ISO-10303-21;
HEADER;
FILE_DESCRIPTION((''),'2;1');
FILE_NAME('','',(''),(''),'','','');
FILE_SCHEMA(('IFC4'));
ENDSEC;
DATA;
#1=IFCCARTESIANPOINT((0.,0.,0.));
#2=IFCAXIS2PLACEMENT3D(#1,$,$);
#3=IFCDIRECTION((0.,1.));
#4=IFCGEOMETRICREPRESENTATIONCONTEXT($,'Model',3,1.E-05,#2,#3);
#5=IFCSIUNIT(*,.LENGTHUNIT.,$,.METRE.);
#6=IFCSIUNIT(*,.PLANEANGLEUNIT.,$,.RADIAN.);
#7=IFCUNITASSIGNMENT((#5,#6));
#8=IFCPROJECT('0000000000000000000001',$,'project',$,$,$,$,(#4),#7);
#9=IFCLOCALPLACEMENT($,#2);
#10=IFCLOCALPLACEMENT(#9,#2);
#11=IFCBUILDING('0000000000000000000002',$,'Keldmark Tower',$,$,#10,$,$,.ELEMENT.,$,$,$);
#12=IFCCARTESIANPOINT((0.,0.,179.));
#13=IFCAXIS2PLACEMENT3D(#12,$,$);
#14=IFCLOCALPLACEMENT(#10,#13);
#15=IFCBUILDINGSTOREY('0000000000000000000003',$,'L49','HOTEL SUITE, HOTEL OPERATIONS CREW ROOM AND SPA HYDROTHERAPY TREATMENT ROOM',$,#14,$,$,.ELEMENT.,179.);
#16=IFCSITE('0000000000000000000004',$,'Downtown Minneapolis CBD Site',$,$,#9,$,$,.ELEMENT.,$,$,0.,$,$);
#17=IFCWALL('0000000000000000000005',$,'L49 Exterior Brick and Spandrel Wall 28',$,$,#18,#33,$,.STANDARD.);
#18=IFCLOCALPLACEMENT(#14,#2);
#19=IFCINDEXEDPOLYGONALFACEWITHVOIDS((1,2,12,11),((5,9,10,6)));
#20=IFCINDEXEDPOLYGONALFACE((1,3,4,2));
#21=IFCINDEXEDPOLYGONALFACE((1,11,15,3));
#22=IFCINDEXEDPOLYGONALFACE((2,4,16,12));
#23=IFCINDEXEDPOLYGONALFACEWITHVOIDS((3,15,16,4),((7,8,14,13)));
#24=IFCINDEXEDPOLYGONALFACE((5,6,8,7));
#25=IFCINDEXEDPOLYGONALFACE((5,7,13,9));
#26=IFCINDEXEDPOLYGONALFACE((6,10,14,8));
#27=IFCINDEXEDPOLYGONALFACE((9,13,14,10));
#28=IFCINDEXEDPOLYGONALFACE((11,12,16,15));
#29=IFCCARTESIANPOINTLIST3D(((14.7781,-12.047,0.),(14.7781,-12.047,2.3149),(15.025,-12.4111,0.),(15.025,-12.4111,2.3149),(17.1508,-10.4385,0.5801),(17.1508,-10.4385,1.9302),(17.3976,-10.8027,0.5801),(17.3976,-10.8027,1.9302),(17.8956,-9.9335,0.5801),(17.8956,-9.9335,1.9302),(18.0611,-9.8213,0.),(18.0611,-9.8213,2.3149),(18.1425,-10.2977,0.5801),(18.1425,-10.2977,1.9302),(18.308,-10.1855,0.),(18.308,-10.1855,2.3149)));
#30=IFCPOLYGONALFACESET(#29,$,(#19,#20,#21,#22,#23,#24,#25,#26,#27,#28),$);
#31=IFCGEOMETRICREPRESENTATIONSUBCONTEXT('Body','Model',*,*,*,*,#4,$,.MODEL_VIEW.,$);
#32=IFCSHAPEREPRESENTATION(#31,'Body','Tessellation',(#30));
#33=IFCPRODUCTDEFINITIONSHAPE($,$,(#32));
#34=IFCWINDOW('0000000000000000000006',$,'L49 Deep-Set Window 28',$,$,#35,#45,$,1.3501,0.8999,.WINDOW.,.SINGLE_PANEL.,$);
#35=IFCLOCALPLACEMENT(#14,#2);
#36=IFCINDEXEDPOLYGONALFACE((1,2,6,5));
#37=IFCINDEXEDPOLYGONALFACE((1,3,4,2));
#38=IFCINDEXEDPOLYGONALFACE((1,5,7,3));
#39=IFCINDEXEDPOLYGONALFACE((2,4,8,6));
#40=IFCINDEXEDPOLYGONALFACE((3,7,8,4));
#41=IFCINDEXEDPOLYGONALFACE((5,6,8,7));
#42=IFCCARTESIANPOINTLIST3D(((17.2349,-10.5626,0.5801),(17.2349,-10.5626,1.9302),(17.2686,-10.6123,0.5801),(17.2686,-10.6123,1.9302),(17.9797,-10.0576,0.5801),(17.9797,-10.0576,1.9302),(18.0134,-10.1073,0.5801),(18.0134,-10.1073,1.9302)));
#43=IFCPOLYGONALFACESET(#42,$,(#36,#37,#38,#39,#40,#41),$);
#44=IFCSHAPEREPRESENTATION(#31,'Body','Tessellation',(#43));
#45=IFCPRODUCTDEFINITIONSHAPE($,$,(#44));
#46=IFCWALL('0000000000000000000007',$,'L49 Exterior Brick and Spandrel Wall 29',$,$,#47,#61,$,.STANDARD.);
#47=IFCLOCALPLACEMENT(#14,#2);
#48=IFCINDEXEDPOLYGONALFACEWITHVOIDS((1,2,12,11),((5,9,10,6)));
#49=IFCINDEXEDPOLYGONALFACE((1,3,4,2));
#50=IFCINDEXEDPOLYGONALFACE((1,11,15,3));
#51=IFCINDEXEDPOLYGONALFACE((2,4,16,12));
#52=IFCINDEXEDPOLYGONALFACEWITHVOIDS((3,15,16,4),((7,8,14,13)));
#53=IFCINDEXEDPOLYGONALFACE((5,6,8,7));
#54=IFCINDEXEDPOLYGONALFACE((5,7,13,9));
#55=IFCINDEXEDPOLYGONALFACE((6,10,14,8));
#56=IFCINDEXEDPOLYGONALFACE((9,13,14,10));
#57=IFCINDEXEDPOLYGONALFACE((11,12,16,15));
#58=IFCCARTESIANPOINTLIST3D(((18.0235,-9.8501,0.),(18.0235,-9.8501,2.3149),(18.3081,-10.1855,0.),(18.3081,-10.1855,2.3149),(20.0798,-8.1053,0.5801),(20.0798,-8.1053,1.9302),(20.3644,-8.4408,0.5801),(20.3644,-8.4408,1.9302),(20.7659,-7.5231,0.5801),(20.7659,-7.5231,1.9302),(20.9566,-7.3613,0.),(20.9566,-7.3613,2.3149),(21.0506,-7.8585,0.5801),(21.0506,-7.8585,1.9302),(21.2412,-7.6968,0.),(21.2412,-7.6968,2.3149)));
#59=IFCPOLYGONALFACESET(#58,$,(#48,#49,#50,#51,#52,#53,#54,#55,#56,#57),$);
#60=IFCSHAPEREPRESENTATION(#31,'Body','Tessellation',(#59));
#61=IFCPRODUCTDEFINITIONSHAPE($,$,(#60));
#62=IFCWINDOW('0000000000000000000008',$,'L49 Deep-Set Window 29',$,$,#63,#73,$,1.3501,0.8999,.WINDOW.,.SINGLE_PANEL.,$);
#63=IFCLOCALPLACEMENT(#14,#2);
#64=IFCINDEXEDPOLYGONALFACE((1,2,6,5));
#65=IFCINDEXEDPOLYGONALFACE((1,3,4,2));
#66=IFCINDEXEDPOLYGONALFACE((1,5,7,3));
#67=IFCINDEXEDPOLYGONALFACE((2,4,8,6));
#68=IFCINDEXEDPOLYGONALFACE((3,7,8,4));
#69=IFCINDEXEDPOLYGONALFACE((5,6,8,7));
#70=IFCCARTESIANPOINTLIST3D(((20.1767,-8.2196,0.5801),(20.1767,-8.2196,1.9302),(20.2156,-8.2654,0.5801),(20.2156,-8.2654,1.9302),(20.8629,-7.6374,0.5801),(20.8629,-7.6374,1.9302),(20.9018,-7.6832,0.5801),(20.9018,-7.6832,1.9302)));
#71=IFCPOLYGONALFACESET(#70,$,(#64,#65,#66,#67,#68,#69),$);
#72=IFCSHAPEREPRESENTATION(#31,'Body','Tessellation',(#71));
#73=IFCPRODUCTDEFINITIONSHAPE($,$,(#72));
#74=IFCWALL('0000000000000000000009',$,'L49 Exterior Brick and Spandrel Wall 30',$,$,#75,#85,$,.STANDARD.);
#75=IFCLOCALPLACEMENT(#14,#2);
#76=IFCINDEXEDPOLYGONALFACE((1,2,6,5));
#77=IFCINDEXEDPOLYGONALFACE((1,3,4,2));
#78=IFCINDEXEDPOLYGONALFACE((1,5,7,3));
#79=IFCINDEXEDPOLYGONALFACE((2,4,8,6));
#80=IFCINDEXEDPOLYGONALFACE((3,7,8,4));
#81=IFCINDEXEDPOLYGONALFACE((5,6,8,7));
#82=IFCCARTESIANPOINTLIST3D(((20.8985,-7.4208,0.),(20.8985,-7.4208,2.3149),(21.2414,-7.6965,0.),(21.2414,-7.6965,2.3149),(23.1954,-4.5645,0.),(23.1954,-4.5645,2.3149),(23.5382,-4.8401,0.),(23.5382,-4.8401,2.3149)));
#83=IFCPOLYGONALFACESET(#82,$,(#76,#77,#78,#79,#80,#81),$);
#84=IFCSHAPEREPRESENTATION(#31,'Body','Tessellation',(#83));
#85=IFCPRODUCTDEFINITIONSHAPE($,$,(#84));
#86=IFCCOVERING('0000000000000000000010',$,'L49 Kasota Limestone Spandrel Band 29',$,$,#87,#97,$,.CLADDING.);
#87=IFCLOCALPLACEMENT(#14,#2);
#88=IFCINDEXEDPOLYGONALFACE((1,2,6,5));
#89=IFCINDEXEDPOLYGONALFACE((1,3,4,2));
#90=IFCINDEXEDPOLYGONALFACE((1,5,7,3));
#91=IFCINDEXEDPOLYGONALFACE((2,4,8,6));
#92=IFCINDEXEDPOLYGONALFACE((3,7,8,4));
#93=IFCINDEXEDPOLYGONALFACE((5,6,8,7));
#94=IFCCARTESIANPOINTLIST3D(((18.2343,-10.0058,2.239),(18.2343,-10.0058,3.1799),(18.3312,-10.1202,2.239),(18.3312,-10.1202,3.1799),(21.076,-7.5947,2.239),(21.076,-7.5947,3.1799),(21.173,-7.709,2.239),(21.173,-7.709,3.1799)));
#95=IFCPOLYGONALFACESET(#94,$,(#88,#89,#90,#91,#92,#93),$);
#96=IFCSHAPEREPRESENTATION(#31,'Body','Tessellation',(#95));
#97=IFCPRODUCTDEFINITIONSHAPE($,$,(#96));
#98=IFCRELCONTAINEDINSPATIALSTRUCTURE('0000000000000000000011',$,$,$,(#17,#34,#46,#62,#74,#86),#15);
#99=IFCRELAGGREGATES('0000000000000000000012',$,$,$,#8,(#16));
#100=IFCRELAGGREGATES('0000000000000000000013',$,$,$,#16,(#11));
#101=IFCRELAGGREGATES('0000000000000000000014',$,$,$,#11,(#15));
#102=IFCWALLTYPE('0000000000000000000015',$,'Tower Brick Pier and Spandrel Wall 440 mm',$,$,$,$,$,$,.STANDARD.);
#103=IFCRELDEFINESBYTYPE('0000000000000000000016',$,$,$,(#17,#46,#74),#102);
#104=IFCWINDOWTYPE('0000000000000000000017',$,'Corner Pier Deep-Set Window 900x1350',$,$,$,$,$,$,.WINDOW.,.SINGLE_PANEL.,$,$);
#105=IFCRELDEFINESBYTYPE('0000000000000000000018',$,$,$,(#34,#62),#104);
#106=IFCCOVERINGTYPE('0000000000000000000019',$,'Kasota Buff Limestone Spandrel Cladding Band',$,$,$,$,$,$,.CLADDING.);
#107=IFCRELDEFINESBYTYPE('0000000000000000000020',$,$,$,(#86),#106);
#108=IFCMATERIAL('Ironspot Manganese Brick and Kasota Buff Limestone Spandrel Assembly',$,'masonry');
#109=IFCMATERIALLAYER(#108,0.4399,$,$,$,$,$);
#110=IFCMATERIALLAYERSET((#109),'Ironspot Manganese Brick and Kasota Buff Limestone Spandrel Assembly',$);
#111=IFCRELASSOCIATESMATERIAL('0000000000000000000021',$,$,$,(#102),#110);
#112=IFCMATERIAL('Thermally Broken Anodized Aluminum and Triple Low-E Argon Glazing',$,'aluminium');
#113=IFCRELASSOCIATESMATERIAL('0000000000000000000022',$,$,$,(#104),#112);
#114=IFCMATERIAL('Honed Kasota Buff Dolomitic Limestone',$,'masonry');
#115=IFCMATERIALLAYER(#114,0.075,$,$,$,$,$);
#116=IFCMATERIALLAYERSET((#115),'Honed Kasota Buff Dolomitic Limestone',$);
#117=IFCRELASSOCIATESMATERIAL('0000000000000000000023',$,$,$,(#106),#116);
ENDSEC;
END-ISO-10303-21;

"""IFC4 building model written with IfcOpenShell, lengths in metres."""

from ifc_helpers import new_model, si_unit, direction, frame, frame_2d, origin, origin_2d, place, context, subcontext, project, spatial, rectangle, extrude, material, layer, layer_set, type_object, element, fill, save


model = new_model("IFC4")

# Units and contexts
model_context = context("Model", 3, precision=1e-05, world=origin(), true_north=direction((0.0, 1.0)))
body_context = subcontext(model_context, "Body", "Model", "MODEL_VIEW")
ifc_project = project(units=[si_unit("LENGTHUNIT", "METRE"), si_unit("PLANEANGLEUNIT", "RADIAN")], contexts=[model_context])

# Site, building, storey
site_placement = place(None, origin())
site = spatial("IfcSite", under=ifc_project, at=site_placement, Name="Downtown Minneapolis CBD Site", CompositionType="ELEMENT", RefElevation=0.0)
building_placement = place(site_placement, origin())
building = spatial("IfcBuilding", under=site, at=building_placement, Name="Keldmark Tower", CompositionType="ELEMENT")
storey_placement = place(building_placement, frame((0.0, 0.0, 179.0)))
storey = spatial("IfcBuildingStorey", under=building, at=storey_placement, Name="L49", Description="HOTEL SUITE, HOTEL OPERATIONS CREW ROOM AND SPA HYDROTHERAPY TREATMENT ROOM", CompositionType="ELEMENT", Elevation=179.0)

# Walls, openings, windows
ifc_material_1 = material(Name="Ironspot Manganese Brick and Kasota Buff Limestone Spandrel Assembly", Category="masonry")
ifc_layer_1 = layer(ifc_material_1, 0.4399)
ifc_layer_set_1 = layer_set([ifc_layer_1], Name="Ironspot Manganese Brick and Kasota Buff Limestone Spandrel Assembly")
wall_type = type_object("IfcWallType", Name="Tower Brick Pier and Spandrel Wall 440 mm", PredefinedType="STANDARD", material=ifc_layer_set_1)
wall_1_placement = place(storey_placement, frame((18.1846, -10.0034, 0.0), z_axis=(0.0, 0.0, 1.0), x_axis=(-0.827726, -0.561133, 0.0)))
wall_1 = element("IfcWall", 1, at=wall_1_placement, inside=storey, type_object=wall_type, Name="L49 Exterior Brick and Spandrel Wall 28", PredefinedType="STANDARD", context=body_context, shape_type="SweptSolid", body=[
    extrude(rectangle(XDim=3.9663, YDim=0.4399, at=frame_2d((1.9832, 0.0))), origin(), (0.0, 0.0, 1.0), 2.3149),
])
opening_1_placement = place(wall_1_placement, frame((0.2, 0.0, 0.5801)))
opening_1 = element("IfcOpeningElement", 2, at=opening_1_placement, cuts=wall_1, PredefinedType="OPENING", context=body_context, shape_type="SweptSolid", body=[
    extrude(rectangle(XDim=0.8999, YDim=1.3501, at=frame_2d((0.45, 0.675))), frame((0.0, 0.23, 0.0), z_axis=(0.0, -1.0, 0.0), x_axis=(1.0, 0.0, 0.0)), (0.0, 0.0, 1.0), 0.46),
])
ifc_material_2 = material(Name="Thermally Broken Anodized Aluminum and Triple Low-E Argon Glazing", Category="aluminium")
window_type = type_object("IfcWindowType", Name="Corner Pier Deep-Set Window 900x1350", PartitioningType="SINGLE_PANEL", PredefinedType="WINDOW", material=ifc_material_2)
window_1_placement = place(opening_1_placement, origin())
window_1 = element("IfcWindow", 3, at=window_1_placement, inside=storey, type_object=window_type, Name="L49 Deep-Set Window 28", OverallHeight=1.3501, OverallWidth=0.8999, PartitioningType="SINGLE_PANEL", PredefinedType="WINDOW", context=body_context, shape_type="SweptSolid", body=[
    extrude(rectangle(XDim=0.8999, YDim=1.3501, at=frame_2d((0.45, 0.675))), frame((0.0, -0.01, 0.0), z_axis=(0.0, -1.0, 0.0), x_axis=(1.0, 0.0, 0.0)), (0.0, 0.0, 1.0), 0.0601),
])
fill(opening_1, window_1)
wall_2_placement = place(storey_placement, frame((21.0989, -7.5291, 0.0), z_axis=(0.0, 0.0, 1.0), x_axis=(-0.7625, -0.646989, 0.0)))
wall_2 = element("IfcWall", 4, at=wall_2_placement, inside=storey, type_object=wall_type, Name="L49 Exterior Brick and Spandrel Wall 29", PredefinedType="STANDARD", context=body_context, shape_type="SweptSolid", body=[
    extrude(rectangle(XDim=3.8467, YDim=0.4399, at=frame_2d((1.9233, 0.0))), origin(), (0.0, 0.0, 1.0), 2.3149),
])
opening_2_placement = place(wall_2_placement, frame((0.25, 0.0, 0.5801)))
opening_2 = element("IfcOpeningElement", 5, at=opening_2_placement, cuts=wall_2, PredefinedType="OPENING", context=body_context, shape_type="SweptSolid", body=[
    extrude(rectangle(XDim=0.8999, YDim=1.3501, at=frame_2d((0.45, 0.675))), frame((0.0, 0.23, 0.0), z_axis=(0.0, -1.0, 0.0), x_axis=(1.0, 0.0, 0.0)), (0.0, 0.0, 1.0), 0.46),
])
window_2_placement = place(opening_2_placement, origin())
window_2 = element("IfcWindow", 6, at=window_2_placement, inside=storey, type_object=window_type, Name="L49 Deep-Set Window 29", OverallHeight=1.3501, OverallWidth=0.8999, PartitioningType="SINGLE_PANEL", PredefinedType="WINDOW", context=body_context, shape_type="SweptSolid", body=[
    extrude(rectangle(XDim=0.8999, YDim=1.3501, at=frame_2d((0.45, 0.675))), frame((0.0, -0.01, 0.0), z_axis=(0.0, -1.0, 0.0), x_axis=(1.0, 0.0, 0.0)), (0.0, 0.0, 1.0), 0.0601),
])
fill(opening_2, window_2)

# Wall
wall_3_placement = place(storey_placement, frame((23.3667, -4.7024, 0.0), z_axis=(0.0, 0.0, 1.0), x_axis=(-0.626643, -0.779307, 0.0)))
element("IfcWall", 7, at=wall_3_placement, inside=storey, type_object=wall_type, Name="L49 Exterior Brick and Spandrel Wall 30", PredefinedType="STANDARD", context=body_context, shape_type="SweptSolid", body=[
    extrude(rectangle(XDim=3.6653, YDim=0.4399, at=frame_2d((1.8325, 0.0))), origin(), (0.0, 0.0, 1.0), 2.3149),
])

# Covering
ifc_material_3 = material(Name="Honed Kasota Buff Dolomitic Limestone", Category="masonry")
ifc_layer_2 = layer(ifc_material_3, 0.075)
ifc_layer_set_2 = layer_set([ifc_layer_2], Name="Honed Kasota Buff Dolomitic Limestone")
covering_type = type_object("IfcCoveringType", Name="Kasota Buff Limestone Spandrel Cladding Band", PredefinedType="CLADDING", material=ifc_layer_set_2)
covering_placement = place(storey_placement, frame((19.7036, -8.8574, 2.239), z_axis=(0.0, 0.0, 1.0), x_axis=(0.76251, 0.646976, 0.0)))
element("IfcCovering", 8, at=covering_placement, inside=storey, type_object=covering_type, Name="L49 Kasota Limestone Spandrel Band 29", PredefinedType="CLADDING", context=body_context, shape_type="SweptSolid", body=[
    extrude(rectangle(XDim=3.7268, YDim=0.1499, at=origin_2d()), origin(), (0.0, 0.0, 1.0), 0.9409),
])

save(model, "model.ifc")
